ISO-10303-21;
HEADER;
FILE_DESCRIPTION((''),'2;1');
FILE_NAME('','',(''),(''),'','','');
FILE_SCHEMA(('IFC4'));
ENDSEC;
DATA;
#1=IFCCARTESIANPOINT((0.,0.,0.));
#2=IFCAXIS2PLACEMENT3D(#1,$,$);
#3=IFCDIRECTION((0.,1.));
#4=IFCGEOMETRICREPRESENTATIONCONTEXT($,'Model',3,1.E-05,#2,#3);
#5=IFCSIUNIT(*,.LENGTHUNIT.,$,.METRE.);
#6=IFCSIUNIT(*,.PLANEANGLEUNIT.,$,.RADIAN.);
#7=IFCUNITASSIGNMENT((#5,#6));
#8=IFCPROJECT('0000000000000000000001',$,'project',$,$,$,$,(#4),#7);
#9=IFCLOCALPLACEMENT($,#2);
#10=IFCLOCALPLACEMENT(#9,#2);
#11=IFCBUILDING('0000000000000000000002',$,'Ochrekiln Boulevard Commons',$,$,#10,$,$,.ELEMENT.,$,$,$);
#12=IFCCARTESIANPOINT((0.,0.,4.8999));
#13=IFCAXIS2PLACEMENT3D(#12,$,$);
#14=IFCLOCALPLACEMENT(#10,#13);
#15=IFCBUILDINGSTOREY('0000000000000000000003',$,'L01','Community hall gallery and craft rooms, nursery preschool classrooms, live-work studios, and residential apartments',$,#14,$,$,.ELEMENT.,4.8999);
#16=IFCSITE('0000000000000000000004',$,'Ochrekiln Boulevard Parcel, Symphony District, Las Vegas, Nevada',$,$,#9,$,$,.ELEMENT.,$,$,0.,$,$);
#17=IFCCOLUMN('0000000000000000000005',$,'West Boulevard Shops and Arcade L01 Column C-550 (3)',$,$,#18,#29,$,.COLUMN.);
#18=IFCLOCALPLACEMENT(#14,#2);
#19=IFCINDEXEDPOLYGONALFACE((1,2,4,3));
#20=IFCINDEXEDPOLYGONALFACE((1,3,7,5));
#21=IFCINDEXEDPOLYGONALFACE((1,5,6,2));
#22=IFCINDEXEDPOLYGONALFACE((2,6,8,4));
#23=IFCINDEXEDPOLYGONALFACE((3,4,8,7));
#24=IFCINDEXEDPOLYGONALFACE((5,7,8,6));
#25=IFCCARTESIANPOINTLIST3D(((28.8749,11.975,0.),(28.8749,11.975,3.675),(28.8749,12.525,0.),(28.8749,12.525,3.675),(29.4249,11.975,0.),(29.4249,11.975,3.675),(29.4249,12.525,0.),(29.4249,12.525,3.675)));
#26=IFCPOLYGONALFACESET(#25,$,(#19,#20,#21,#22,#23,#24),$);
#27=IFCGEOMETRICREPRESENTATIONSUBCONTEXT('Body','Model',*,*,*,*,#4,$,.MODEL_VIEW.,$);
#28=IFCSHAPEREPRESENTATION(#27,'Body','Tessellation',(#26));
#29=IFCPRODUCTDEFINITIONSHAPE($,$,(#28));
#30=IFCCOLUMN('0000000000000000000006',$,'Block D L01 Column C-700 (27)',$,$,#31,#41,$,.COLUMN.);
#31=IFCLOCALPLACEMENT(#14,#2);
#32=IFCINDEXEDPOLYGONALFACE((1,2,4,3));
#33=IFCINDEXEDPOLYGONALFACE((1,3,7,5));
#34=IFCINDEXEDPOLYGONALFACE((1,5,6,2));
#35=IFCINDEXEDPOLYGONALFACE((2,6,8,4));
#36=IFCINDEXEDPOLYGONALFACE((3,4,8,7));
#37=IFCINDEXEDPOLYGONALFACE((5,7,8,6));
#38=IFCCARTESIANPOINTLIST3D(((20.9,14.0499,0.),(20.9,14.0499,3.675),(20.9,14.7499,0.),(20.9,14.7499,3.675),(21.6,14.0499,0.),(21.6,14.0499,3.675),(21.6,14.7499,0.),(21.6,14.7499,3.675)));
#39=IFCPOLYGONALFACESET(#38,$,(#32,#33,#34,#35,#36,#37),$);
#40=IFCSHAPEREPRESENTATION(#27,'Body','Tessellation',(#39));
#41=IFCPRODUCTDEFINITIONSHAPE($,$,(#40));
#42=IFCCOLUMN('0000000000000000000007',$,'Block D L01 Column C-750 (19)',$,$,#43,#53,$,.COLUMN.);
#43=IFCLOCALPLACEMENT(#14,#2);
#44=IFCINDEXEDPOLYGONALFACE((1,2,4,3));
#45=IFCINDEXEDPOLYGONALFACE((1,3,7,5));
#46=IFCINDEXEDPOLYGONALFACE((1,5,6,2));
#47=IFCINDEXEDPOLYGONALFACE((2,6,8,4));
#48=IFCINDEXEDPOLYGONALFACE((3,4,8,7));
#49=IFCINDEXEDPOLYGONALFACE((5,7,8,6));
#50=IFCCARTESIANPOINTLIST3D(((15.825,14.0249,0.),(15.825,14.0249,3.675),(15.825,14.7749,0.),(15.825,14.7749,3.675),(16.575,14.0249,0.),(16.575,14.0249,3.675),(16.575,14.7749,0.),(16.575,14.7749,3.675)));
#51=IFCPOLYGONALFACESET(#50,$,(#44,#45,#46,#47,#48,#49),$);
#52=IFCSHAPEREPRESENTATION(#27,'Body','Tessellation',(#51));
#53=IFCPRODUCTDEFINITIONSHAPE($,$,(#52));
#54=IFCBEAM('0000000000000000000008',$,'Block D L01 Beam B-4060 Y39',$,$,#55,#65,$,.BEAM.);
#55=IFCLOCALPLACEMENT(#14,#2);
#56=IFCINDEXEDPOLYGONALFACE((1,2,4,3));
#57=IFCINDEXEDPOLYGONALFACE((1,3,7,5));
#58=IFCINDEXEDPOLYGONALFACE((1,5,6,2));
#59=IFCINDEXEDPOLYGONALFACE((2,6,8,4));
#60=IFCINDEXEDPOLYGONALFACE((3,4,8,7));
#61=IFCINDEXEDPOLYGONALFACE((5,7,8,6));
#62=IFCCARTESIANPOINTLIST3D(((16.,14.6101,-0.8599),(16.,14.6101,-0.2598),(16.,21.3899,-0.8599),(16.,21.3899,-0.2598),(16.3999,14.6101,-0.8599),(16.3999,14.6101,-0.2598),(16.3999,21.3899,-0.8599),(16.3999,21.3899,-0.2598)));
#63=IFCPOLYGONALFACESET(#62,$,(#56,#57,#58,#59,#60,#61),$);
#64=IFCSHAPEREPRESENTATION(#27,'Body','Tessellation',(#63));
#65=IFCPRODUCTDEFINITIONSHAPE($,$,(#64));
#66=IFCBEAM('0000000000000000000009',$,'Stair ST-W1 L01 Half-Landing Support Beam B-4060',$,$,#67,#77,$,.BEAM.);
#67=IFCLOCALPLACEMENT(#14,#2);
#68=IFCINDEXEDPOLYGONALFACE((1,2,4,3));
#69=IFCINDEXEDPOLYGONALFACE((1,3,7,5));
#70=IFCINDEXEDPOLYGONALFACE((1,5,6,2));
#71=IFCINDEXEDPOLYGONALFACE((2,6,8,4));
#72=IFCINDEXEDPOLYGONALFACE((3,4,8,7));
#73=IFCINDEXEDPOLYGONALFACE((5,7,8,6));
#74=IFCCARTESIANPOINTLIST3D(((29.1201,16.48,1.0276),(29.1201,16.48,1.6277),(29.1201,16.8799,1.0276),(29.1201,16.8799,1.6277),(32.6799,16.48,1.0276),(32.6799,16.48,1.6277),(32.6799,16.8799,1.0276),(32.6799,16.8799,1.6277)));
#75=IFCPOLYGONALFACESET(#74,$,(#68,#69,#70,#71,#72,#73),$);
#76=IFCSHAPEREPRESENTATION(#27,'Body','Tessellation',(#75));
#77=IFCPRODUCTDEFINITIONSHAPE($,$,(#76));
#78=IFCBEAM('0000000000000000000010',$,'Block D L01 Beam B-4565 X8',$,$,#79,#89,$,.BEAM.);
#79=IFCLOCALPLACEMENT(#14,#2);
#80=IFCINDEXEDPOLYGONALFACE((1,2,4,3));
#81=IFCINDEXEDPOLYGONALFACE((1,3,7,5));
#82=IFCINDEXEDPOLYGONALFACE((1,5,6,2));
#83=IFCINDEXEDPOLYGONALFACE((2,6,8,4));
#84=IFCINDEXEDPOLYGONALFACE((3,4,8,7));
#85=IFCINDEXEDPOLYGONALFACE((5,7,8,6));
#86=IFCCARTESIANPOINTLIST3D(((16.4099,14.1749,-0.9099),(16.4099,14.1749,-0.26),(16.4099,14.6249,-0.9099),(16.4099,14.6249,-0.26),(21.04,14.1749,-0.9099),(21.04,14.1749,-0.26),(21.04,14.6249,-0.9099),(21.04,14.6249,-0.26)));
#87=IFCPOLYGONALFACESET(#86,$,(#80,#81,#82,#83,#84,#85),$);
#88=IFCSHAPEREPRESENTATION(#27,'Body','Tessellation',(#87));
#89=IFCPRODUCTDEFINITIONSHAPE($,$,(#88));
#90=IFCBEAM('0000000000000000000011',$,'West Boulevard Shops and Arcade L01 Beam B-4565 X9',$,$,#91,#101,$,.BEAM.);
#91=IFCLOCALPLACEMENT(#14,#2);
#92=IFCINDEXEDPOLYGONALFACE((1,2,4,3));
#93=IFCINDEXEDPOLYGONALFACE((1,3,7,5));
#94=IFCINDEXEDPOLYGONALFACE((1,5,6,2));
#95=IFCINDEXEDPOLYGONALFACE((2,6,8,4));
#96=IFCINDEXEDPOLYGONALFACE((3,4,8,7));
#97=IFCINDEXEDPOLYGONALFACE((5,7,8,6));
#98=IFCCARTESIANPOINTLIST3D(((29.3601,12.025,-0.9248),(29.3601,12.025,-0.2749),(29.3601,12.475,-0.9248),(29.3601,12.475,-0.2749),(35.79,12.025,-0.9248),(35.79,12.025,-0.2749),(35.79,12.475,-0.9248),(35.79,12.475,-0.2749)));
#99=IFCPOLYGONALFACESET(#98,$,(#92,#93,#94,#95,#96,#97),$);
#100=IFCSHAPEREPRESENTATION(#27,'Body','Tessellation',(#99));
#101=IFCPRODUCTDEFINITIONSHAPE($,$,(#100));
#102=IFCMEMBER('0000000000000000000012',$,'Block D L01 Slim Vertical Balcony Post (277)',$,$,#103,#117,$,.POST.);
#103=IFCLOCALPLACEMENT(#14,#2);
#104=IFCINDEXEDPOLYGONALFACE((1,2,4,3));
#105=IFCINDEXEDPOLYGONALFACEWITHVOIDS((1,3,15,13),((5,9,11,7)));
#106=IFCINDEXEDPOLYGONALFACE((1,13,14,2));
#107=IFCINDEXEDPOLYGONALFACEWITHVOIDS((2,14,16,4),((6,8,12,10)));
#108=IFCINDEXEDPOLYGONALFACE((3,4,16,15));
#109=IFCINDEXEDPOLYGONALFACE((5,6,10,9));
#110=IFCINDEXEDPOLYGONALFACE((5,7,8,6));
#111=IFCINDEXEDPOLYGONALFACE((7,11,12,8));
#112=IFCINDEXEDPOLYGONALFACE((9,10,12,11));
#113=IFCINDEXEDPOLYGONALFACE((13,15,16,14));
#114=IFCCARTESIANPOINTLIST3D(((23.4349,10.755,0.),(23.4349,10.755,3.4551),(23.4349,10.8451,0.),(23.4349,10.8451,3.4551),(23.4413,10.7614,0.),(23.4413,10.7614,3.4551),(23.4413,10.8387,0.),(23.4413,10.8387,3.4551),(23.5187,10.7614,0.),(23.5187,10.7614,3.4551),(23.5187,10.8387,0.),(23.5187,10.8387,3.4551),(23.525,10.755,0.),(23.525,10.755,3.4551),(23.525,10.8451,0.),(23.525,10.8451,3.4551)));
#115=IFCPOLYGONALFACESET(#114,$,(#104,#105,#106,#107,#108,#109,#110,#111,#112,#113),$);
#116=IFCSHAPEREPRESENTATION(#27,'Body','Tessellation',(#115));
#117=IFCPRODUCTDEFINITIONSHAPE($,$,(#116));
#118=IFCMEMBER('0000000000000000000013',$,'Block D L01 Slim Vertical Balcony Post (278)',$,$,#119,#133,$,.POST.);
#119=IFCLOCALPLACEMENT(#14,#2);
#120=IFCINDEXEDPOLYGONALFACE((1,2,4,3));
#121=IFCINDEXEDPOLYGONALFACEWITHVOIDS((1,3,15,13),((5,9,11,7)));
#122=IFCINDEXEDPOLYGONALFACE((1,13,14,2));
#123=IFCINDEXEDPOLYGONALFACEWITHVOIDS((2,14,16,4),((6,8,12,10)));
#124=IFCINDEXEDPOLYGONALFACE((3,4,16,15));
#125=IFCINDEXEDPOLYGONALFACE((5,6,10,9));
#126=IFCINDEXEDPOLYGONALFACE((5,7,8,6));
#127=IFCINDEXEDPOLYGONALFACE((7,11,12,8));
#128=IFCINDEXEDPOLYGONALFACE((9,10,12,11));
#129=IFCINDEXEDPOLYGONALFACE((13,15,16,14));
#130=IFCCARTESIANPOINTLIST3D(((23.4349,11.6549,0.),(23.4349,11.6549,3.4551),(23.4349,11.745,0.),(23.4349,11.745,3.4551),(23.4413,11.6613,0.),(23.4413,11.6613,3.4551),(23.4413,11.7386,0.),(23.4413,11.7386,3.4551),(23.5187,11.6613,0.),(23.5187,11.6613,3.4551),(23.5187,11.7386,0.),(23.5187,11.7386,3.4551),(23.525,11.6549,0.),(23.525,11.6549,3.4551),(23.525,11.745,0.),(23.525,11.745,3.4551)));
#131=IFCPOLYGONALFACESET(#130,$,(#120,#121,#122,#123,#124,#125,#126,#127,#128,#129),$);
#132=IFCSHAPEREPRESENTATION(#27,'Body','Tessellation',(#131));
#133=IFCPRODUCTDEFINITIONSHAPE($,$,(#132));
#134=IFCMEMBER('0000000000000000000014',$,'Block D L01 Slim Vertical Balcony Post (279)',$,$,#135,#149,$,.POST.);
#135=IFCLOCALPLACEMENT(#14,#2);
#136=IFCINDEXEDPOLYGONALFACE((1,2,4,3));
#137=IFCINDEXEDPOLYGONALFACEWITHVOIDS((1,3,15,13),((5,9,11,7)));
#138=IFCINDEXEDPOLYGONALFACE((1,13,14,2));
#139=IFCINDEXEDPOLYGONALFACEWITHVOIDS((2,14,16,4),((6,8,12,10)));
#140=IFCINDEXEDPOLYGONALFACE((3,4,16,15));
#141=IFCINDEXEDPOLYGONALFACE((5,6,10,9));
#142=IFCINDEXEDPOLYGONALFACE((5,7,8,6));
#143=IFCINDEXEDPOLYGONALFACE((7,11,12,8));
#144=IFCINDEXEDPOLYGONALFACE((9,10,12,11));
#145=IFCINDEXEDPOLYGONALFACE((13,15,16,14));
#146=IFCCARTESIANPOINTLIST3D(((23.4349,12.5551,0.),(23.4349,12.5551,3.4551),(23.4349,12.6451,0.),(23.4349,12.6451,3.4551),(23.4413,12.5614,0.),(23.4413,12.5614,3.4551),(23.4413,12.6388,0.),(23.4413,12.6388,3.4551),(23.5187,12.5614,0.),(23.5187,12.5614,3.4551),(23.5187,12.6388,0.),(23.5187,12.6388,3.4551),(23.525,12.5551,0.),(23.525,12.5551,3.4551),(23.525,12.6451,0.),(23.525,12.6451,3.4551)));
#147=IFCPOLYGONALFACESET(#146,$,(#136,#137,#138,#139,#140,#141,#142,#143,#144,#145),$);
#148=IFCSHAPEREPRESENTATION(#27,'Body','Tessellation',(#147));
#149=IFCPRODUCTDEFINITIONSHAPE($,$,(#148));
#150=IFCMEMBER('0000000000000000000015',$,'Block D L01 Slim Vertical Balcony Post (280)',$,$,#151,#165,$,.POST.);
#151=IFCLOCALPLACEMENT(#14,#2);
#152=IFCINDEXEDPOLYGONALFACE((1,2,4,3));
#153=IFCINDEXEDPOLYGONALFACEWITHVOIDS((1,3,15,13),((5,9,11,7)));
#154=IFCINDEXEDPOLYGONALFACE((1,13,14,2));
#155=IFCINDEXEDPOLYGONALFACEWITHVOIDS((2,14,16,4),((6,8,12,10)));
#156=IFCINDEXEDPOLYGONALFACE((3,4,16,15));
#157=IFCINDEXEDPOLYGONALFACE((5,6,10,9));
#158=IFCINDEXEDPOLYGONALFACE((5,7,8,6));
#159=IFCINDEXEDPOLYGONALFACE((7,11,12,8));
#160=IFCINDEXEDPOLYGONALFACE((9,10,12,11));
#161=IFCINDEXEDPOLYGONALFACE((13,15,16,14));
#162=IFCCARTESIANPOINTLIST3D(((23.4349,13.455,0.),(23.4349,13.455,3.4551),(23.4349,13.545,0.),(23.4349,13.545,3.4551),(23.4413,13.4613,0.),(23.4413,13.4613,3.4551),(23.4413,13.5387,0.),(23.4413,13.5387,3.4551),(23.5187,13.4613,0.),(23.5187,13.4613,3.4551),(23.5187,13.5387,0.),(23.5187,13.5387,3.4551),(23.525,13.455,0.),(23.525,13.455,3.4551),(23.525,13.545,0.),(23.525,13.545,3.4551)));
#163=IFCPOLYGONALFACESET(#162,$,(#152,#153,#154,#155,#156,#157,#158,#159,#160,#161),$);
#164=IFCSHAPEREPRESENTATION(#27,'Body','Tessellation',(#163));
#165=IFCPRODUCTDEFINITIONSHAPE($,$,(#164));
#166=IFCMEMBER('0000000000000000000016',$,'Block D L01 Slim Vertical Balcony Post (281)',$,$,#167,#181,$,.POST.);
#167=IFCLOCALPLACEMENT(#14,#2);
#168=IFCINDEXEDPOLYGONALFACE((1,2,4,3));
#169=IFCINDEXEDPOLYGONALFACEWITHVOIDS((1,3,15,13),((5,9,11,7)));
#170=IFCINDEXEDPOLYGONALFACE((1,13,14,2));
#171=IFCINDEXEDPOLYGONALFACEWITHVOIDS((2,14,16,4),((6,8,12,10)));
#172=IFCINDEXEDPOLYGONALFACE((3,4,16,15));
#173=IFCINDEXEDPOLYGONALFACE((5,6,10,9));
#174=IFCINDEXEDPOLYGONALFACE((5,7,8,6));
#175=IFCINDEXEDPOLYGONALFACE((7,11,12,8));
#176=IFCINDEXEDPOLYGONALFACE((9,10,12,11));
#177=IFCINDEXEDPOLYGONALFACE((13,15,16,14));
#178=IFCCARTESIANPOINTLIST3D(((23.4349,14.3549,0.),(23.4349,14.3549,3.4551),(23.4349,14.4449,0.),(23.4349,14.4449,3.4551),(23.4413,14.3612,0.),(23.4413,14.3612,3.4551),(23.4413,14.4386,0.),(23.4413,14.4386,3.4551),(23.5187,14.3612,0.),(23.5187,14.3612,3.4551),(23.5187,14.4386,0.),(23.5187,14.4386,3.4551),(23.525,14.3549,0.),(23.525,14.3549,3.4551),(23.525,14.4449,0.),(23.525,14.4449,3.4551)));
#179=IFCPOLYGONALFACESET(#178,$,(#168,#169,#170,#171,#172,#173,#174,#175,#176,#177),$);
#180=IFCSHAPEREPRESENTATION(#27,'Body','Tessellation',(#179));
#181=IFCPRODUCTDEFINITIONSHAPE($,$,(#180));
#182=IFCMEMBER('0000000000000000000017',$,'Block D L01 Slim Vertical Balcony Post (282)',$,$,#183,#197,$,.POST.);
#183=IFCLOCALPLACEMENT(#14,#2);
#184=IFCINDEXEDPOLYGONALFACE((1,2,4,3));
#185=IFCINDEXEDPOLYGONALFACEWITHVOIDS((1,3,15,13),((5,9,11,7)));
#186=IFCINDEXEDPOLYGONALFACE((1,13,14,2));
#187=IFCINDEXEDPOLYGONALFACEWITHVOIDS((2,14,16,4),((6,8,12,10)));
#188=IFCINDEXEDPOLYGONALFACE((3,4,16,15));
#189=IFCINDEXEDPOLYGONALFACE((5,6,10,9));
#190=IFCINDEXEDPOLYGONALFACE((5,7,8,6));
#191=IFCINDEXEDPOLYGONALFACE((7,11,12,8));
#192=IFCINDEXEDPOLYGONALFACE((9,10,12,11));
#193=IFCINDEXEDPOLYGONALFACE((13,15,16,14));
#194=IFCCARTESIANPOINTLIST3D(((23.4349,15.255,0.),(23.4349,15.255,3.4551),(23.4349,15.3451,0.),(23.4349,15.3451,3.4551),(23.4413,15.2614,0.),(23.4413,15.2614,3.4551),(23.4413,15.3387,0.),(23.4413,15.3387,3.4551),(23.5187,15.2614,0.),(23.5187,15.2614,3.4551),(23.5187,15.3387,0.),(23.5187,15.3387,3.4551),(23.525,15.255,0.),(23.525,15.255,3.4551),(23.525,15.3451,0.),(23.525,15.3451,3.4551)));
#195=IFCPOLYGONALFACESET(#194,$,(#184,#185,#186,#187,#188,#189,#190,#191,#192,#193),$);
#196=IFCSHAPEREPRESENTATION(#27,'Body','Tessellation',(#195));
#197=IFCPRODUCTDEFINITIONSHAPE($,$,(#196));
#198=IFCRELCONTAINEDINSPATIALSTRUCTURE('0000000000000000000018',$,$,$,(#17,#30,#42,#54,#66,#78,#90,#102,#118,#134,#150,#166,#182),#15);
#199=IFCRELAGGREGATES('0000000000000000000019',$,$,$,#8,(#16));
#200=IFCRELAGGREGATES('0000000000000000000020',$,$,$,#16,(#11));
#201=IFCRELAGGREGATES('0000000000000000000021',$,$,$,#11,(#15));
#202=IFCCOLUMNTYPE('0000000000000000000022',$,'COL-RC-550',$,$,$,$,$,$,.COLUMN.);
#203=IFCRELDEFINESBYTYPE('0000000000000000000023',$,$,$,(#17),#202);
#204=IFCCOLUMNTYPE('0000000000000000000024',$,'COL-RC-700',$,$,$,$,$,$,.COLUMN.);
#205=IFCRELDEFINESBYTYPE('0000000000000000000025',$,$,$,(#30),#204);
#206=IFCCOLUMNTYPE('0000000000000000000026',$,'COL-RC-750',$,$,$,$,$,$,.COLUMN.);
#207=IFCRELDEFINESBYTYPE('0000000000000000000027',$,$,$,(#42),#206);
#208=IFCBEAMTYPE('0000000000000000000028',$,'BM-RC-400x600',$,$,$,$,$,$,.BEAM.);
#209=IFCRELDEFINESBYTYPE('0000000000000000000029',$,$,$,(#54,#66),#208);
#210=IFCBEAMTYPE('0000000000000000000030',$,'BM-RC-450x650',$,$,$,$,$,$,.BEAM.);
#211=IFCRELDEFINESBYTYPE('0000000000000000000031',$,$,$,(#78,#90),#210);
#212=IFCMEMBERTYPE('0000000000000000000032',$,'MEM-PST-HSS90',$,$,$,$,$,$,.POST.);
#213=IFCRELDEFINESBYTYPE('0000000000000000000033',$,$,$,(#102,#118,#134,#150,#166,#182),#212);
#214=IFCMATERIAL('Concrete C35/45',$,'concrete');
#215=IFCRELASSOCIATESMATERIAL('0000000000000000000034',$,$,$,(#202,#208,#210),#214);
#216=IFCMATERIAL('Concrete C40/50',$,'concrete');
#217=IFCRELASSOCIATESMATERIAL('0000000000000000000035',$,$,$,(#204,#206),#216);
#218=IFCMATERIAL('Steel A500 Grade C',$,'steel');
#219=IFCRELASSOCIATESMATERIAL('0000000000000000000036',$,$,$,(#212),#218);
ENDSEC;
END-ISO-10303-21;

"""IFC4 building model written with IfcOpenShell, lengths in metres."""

from ifc_helpers import new_model, si_unit, direction, frame, origin, origin_2d, place, context, subcontext, project, spatial, rectangle, hollow_rectangle, extrude, material, material_profile, profile_set, type_object, element, save


model = new_model("IFC4")

# Units and contexts
model_context = context("Model", 3, precision=1e-05, world=origin(), true_north=direction((0.0, 1.0)))
body_context = subcontext(model_context, "Body", "Model", "MODEL_VIEW")
ifc_project = project(units=[si_unit("LENGTHUNIT", "METRE"), si_unit("PLANEANGLEUNIT", "RADIAN")], contexts=[model_context])

# Site, building, storey
site_placement = place(None, origin())
site = spatial("IfcSite", under=ifc_project, at=site_placement, Name="Ochrekiln Boulevard Parcel, Symphony District, Las Vegas, Nevada", CompositionType="ELEMENT", RefElevation=0.0)
building_placement = place(site_placement, origin())
building = spatial("IfcBuilding", under=site, at=building_placement, Name="Ochrekiln Boulevard Commons", CompositionType="ELEMENT")
storey_placement = place(building_placement, frame((0.0, 0.0, 4.8999)))
storey = spatial("IfcBuildingStorey", under=building, at=storey_placement, Name="L01", Description="Community hall gallery and craft rooms, nursery preschool classrooms, live-work studios, and residential apartments", CompositionType="ELEMENT", Elevation=4.8999)

# Columns
ifc_material_1 = material(Name="Concrete C35/45", Category="concrete")
ifc_material_profile_1 = material_profile(ifc_material_1, rectangle(XDim=0.55, YDim=0.55, at=origin_2d()), Name="RC-COL-550x550")
ifc_profile_set_1 = profile_set([ifc_material_profile_1], Name="Concrete C35/45")
column_type_1 = type_object("IfcColumnType", Name="COL-RC-550", PredefinedType="COLUMN", material=ifc_profile_set_1)
column_1_placement = place(storey_placement, frame((29.1499, 12.25, 0.0), z_axis=(0.0, 0.0, 1.0), x_axis=(1.0, 0.0, 0.0)))
element("IfcColumn", 1, at=column_1_placement, inside=storey, type_object=column_type_1, Name="West Boulevard Shops and Arcade L01 Column C-550 (3)", PredefinedType="COLUMN", context=body_context, shape_type="SweptSolid", body=[
    extrude(rectangle(XDim=0.55, YDim=0.55, at=origin_2d()), origin(), (0.0, 0.0, 1.0), 3.675),
])
ifc_material_2 = material(Name="Concrete C40/50", Category="concrete")
ifc_material_profile_2 = material_profile(ifc_material_2, rectangle(XDim=0.7, YDim=0.7, at=origin_2d()), Name="RC-COL-700x700")
ifc_profile_set_2 = profile_set([ifc_material_profile_2], Name="Concrete C40/50")
column_type_2 = type_object("IfcColumnType", Name="COL-RC-700", PredefinedType="COLUMN", material=ifc_profile_set_2)
column_2_placement = place(storey_placement, frame((21.25, 14.3999, 0.0), z_axis=(0.0, 0.0, 1.0), x_axis=(1.0, 0.0, 0.0)))
element("IfcColumn", 2, at=column_2_placement, inside=storey, type_object=column_type_2, Name="Block D L01 Column C-700 (27)", PredefinedType="COLUMN", context=body_context, shape_type="SweptSolid", body=[
    extrude(rectangle(XDim=0.7, YDim=0.7, at=origin_2d()), origin(), (0.0, 0.0, 1.0), 3.675),
])
ifc_material_profile_3 = material_profile(ifc_material_2, rectangle(XDim=0.75, YDim=0.75, at=origin_2d()), Name="RC-COL-750x750")
ifc_profile_set_3 = profile_set([ifc_material_profile_3], Name="Concrete C40/50")
column_type_3 = type_object("IfcColumnType", Name="COL-RC-750", PredefinedType="COLUMN", material=ifc_profile_set_3)
column_3_placement = place(storey_placement, frame((16.2, 14.3999, 0.0), z_axis=(0.0, 0.0, 1.0), x_axis=(1.0, 0.0, 0.0)))
element("IfcColumn", 3, at=column_3_placement, inside=storey, type_object=column_type_3, Name="Block D L01 Column C-750 (19)", PredefinedType="COLUMN", context=body_context, shape_type="SweptSolid", body=[
    extrude(rectangle(XDim=0.75, YDim=0.75, at=origin_2d()), origin(), (0.0, 0.0, 1.0), 3.675),
])

# Beams
ifc_material_profile_4 = material_profile(ifc_material_1, rectangle(XDim=0.3999, YDim=0.6001, at=origin_2d()), Name="RC-BM-400x600")
ifc_profile_set_4 = profile_set([ifc_material_profile_4], Name="Concrete C35/45")
beam_type_1 = type_object("IfcBeamType", Name="BM-RC-400x600", PredefinedType="BEAM", material=ifc_profile_set_4)
beam_1_placement = place(storey_placement, frame((16.2, 14.6101, -0.5598), z_axis=(0.0, 1.0, 0.0), x_axis=(-1.0, 0.0, 0.0)))
element("IfcBeam", 4, at=beam_1_placement, inside=storey, type_object=beam_type_1, Name="Block D L01 Beam B-4060 Y39", PredefinedType="BEAM", context=body_context, shape_type="SweptSolid", body=[
    extrude(rectangle(XDim=0.3999, YDim=0.6001, at=origin_2d()), origin(), (0.0, 0.0, 1.0), 6.7798),
])
beam_2_placement = place(storey_placement, frame((29.1201, 16.6799, 1.3276), z_axis=(1.0, 0.0, 0.0), x_axis=(0.0, 1.0, 0.0)))
element("IfcBeam", 5, at=beam_2_placement, inside=storey, type_object=beam_type_1, Name="Stair ST-W1 L01 Half-Landing Support Beam B-4060", PredefinedType="BEAM", context=body_context, shape_type="SweptSolid", body=[
    extrude(rectangle(XDim=0.3999, YDim=0.6001, at=origin_2d()), origin(), (0.0, 0.0, 1.0), 3.5598),
])
ifc_material_profile_5 = material_profile(ifc_material_1, rectangle(XDim=0.45, YDim=0.6499, at=origin_2d()), Name="RC-BM-450x650")
ifc_profile_set_5 = profile_set([ifc_material_profile_5], Name="Concrete C35/45")
beam_type_2 = type_object("IfcBeamType", Name="BM-RC-450x650", PredefinedType="BEAM", material=ifc_profile_set_5)
beam_3_placement = place(storey_placement, frame((16.4099, 14.3999, -0.585), z_axis=(1.0, 0.0, 0.0), x_axis=(0.0, 1.0, 0.0)))
element("IfcBeam", 6, at=beam_3_placement, inside=storey, type_object=beam_type_2, Name="Block D L01 Beam B-4565 X8", PredefinedType="BEAM", context=body_context, shape_type="SweptSolid", body=[
    extrude(rectangle(XDim=0.45, YDim=0.6499, at=origin_2d()), origin(), (0.0, 0.0, 1.0), 4.6301),
])
beam_4_placement = place(storey_placement, frame((29.3601, 12.25, -0.5999), z_axis=(1.0, 0.0, 0.0), x_axis=(0.0, 1.0, 0.0)))
element("IfcBeam", 7, at=beam_4_placement, inside=storey, type_object=beam_type_2, Name="West Boulevard Shops and Arcade L01 Beam B-4565 X9", PredefinedType="BEAM", context=body_context, shape_type="SweptSolid", body=[
    extrude(rectangle(XDim=0.45, YDim=0.6499, at=origin_2d()), origin(), (0.0, 0.0, 1.0), 6.4299),
])

# Members
ifc_material_3 = material(Name="Steel A500 Grade C", Category="steel")
ifc_material_profile_6 = material_profile(ifc_material_3, hollow_rectangle(XDim=0.0901, YDim=0.0901, WallThickness=0.0063, at=origin_2d()), Name="HSS90X90X6.4")
ifc_profile_set_6 = profile_set([ifc_material_profile_6], Name="Steel A500 Grade C")
member_type = type_object("IfcMemberType", Name="MEM-PST-HSS90", PredefinedType="POST", material=ifc_profile_set_6)
for number, where, z_axis, x_axis, name in (
    (8, (23.48, 10.8, 0.0), (0.0, 0.0, 1.0), (1.0, 0.0, 0.0), "Block D L01 Slim Vertical Balcony Post (277)"),
    (9, (23.48, 11.7, 0.0), (0.0, 0.0, 1.0), (1.0, 0.0, 0.0), "Block D L01 Slim Vertical Balcony Post (278)"),
    (10, (23.48, 12.6001, 0.0), (0.0, 0.0, 1.0), (1.0, 0.0, 0.0), "Block D L01 Slim Vertical Balcony Post (279)"),
    (11, (23.48, 13.5, 0.0), (0.0, 0.0, 1.0), (1.0, 0.0, 0.0), "Block D L01 Slim Vertical Balcony Post (280)"),
    (12, (23.48, 14.3999, 0.0), (0.0, 0.0, 1.0), (1.0, 0.0, 0.0), "Block D L01 Slim Vertical Balcony Post (281)"),
    (13, (23.48, 15.3, 0.0), (0.0, 0.0, 1.0), (1.0, 0.0, 0.0), "Block D L01 Slim Vertical Balcony Post (282)"),
):
    element("IfcMember", number, at=place(storey_placement, frame(where, z_axis=z_axis, x_axis=x_axis)), inside=storey, type_object=member_type, Name=name, PredefinedType="POST", context=body_context, shape_type="SweptSolid", body=[
        extrude(hollow_rectangle(XDim=0.0901, YDim=0.0901, WallThickness=0.0063, at=origin_2d()), origin(), (0.0, 0.0, 1.0), 3.4551),
    ])

save(model, "model.ifc")
